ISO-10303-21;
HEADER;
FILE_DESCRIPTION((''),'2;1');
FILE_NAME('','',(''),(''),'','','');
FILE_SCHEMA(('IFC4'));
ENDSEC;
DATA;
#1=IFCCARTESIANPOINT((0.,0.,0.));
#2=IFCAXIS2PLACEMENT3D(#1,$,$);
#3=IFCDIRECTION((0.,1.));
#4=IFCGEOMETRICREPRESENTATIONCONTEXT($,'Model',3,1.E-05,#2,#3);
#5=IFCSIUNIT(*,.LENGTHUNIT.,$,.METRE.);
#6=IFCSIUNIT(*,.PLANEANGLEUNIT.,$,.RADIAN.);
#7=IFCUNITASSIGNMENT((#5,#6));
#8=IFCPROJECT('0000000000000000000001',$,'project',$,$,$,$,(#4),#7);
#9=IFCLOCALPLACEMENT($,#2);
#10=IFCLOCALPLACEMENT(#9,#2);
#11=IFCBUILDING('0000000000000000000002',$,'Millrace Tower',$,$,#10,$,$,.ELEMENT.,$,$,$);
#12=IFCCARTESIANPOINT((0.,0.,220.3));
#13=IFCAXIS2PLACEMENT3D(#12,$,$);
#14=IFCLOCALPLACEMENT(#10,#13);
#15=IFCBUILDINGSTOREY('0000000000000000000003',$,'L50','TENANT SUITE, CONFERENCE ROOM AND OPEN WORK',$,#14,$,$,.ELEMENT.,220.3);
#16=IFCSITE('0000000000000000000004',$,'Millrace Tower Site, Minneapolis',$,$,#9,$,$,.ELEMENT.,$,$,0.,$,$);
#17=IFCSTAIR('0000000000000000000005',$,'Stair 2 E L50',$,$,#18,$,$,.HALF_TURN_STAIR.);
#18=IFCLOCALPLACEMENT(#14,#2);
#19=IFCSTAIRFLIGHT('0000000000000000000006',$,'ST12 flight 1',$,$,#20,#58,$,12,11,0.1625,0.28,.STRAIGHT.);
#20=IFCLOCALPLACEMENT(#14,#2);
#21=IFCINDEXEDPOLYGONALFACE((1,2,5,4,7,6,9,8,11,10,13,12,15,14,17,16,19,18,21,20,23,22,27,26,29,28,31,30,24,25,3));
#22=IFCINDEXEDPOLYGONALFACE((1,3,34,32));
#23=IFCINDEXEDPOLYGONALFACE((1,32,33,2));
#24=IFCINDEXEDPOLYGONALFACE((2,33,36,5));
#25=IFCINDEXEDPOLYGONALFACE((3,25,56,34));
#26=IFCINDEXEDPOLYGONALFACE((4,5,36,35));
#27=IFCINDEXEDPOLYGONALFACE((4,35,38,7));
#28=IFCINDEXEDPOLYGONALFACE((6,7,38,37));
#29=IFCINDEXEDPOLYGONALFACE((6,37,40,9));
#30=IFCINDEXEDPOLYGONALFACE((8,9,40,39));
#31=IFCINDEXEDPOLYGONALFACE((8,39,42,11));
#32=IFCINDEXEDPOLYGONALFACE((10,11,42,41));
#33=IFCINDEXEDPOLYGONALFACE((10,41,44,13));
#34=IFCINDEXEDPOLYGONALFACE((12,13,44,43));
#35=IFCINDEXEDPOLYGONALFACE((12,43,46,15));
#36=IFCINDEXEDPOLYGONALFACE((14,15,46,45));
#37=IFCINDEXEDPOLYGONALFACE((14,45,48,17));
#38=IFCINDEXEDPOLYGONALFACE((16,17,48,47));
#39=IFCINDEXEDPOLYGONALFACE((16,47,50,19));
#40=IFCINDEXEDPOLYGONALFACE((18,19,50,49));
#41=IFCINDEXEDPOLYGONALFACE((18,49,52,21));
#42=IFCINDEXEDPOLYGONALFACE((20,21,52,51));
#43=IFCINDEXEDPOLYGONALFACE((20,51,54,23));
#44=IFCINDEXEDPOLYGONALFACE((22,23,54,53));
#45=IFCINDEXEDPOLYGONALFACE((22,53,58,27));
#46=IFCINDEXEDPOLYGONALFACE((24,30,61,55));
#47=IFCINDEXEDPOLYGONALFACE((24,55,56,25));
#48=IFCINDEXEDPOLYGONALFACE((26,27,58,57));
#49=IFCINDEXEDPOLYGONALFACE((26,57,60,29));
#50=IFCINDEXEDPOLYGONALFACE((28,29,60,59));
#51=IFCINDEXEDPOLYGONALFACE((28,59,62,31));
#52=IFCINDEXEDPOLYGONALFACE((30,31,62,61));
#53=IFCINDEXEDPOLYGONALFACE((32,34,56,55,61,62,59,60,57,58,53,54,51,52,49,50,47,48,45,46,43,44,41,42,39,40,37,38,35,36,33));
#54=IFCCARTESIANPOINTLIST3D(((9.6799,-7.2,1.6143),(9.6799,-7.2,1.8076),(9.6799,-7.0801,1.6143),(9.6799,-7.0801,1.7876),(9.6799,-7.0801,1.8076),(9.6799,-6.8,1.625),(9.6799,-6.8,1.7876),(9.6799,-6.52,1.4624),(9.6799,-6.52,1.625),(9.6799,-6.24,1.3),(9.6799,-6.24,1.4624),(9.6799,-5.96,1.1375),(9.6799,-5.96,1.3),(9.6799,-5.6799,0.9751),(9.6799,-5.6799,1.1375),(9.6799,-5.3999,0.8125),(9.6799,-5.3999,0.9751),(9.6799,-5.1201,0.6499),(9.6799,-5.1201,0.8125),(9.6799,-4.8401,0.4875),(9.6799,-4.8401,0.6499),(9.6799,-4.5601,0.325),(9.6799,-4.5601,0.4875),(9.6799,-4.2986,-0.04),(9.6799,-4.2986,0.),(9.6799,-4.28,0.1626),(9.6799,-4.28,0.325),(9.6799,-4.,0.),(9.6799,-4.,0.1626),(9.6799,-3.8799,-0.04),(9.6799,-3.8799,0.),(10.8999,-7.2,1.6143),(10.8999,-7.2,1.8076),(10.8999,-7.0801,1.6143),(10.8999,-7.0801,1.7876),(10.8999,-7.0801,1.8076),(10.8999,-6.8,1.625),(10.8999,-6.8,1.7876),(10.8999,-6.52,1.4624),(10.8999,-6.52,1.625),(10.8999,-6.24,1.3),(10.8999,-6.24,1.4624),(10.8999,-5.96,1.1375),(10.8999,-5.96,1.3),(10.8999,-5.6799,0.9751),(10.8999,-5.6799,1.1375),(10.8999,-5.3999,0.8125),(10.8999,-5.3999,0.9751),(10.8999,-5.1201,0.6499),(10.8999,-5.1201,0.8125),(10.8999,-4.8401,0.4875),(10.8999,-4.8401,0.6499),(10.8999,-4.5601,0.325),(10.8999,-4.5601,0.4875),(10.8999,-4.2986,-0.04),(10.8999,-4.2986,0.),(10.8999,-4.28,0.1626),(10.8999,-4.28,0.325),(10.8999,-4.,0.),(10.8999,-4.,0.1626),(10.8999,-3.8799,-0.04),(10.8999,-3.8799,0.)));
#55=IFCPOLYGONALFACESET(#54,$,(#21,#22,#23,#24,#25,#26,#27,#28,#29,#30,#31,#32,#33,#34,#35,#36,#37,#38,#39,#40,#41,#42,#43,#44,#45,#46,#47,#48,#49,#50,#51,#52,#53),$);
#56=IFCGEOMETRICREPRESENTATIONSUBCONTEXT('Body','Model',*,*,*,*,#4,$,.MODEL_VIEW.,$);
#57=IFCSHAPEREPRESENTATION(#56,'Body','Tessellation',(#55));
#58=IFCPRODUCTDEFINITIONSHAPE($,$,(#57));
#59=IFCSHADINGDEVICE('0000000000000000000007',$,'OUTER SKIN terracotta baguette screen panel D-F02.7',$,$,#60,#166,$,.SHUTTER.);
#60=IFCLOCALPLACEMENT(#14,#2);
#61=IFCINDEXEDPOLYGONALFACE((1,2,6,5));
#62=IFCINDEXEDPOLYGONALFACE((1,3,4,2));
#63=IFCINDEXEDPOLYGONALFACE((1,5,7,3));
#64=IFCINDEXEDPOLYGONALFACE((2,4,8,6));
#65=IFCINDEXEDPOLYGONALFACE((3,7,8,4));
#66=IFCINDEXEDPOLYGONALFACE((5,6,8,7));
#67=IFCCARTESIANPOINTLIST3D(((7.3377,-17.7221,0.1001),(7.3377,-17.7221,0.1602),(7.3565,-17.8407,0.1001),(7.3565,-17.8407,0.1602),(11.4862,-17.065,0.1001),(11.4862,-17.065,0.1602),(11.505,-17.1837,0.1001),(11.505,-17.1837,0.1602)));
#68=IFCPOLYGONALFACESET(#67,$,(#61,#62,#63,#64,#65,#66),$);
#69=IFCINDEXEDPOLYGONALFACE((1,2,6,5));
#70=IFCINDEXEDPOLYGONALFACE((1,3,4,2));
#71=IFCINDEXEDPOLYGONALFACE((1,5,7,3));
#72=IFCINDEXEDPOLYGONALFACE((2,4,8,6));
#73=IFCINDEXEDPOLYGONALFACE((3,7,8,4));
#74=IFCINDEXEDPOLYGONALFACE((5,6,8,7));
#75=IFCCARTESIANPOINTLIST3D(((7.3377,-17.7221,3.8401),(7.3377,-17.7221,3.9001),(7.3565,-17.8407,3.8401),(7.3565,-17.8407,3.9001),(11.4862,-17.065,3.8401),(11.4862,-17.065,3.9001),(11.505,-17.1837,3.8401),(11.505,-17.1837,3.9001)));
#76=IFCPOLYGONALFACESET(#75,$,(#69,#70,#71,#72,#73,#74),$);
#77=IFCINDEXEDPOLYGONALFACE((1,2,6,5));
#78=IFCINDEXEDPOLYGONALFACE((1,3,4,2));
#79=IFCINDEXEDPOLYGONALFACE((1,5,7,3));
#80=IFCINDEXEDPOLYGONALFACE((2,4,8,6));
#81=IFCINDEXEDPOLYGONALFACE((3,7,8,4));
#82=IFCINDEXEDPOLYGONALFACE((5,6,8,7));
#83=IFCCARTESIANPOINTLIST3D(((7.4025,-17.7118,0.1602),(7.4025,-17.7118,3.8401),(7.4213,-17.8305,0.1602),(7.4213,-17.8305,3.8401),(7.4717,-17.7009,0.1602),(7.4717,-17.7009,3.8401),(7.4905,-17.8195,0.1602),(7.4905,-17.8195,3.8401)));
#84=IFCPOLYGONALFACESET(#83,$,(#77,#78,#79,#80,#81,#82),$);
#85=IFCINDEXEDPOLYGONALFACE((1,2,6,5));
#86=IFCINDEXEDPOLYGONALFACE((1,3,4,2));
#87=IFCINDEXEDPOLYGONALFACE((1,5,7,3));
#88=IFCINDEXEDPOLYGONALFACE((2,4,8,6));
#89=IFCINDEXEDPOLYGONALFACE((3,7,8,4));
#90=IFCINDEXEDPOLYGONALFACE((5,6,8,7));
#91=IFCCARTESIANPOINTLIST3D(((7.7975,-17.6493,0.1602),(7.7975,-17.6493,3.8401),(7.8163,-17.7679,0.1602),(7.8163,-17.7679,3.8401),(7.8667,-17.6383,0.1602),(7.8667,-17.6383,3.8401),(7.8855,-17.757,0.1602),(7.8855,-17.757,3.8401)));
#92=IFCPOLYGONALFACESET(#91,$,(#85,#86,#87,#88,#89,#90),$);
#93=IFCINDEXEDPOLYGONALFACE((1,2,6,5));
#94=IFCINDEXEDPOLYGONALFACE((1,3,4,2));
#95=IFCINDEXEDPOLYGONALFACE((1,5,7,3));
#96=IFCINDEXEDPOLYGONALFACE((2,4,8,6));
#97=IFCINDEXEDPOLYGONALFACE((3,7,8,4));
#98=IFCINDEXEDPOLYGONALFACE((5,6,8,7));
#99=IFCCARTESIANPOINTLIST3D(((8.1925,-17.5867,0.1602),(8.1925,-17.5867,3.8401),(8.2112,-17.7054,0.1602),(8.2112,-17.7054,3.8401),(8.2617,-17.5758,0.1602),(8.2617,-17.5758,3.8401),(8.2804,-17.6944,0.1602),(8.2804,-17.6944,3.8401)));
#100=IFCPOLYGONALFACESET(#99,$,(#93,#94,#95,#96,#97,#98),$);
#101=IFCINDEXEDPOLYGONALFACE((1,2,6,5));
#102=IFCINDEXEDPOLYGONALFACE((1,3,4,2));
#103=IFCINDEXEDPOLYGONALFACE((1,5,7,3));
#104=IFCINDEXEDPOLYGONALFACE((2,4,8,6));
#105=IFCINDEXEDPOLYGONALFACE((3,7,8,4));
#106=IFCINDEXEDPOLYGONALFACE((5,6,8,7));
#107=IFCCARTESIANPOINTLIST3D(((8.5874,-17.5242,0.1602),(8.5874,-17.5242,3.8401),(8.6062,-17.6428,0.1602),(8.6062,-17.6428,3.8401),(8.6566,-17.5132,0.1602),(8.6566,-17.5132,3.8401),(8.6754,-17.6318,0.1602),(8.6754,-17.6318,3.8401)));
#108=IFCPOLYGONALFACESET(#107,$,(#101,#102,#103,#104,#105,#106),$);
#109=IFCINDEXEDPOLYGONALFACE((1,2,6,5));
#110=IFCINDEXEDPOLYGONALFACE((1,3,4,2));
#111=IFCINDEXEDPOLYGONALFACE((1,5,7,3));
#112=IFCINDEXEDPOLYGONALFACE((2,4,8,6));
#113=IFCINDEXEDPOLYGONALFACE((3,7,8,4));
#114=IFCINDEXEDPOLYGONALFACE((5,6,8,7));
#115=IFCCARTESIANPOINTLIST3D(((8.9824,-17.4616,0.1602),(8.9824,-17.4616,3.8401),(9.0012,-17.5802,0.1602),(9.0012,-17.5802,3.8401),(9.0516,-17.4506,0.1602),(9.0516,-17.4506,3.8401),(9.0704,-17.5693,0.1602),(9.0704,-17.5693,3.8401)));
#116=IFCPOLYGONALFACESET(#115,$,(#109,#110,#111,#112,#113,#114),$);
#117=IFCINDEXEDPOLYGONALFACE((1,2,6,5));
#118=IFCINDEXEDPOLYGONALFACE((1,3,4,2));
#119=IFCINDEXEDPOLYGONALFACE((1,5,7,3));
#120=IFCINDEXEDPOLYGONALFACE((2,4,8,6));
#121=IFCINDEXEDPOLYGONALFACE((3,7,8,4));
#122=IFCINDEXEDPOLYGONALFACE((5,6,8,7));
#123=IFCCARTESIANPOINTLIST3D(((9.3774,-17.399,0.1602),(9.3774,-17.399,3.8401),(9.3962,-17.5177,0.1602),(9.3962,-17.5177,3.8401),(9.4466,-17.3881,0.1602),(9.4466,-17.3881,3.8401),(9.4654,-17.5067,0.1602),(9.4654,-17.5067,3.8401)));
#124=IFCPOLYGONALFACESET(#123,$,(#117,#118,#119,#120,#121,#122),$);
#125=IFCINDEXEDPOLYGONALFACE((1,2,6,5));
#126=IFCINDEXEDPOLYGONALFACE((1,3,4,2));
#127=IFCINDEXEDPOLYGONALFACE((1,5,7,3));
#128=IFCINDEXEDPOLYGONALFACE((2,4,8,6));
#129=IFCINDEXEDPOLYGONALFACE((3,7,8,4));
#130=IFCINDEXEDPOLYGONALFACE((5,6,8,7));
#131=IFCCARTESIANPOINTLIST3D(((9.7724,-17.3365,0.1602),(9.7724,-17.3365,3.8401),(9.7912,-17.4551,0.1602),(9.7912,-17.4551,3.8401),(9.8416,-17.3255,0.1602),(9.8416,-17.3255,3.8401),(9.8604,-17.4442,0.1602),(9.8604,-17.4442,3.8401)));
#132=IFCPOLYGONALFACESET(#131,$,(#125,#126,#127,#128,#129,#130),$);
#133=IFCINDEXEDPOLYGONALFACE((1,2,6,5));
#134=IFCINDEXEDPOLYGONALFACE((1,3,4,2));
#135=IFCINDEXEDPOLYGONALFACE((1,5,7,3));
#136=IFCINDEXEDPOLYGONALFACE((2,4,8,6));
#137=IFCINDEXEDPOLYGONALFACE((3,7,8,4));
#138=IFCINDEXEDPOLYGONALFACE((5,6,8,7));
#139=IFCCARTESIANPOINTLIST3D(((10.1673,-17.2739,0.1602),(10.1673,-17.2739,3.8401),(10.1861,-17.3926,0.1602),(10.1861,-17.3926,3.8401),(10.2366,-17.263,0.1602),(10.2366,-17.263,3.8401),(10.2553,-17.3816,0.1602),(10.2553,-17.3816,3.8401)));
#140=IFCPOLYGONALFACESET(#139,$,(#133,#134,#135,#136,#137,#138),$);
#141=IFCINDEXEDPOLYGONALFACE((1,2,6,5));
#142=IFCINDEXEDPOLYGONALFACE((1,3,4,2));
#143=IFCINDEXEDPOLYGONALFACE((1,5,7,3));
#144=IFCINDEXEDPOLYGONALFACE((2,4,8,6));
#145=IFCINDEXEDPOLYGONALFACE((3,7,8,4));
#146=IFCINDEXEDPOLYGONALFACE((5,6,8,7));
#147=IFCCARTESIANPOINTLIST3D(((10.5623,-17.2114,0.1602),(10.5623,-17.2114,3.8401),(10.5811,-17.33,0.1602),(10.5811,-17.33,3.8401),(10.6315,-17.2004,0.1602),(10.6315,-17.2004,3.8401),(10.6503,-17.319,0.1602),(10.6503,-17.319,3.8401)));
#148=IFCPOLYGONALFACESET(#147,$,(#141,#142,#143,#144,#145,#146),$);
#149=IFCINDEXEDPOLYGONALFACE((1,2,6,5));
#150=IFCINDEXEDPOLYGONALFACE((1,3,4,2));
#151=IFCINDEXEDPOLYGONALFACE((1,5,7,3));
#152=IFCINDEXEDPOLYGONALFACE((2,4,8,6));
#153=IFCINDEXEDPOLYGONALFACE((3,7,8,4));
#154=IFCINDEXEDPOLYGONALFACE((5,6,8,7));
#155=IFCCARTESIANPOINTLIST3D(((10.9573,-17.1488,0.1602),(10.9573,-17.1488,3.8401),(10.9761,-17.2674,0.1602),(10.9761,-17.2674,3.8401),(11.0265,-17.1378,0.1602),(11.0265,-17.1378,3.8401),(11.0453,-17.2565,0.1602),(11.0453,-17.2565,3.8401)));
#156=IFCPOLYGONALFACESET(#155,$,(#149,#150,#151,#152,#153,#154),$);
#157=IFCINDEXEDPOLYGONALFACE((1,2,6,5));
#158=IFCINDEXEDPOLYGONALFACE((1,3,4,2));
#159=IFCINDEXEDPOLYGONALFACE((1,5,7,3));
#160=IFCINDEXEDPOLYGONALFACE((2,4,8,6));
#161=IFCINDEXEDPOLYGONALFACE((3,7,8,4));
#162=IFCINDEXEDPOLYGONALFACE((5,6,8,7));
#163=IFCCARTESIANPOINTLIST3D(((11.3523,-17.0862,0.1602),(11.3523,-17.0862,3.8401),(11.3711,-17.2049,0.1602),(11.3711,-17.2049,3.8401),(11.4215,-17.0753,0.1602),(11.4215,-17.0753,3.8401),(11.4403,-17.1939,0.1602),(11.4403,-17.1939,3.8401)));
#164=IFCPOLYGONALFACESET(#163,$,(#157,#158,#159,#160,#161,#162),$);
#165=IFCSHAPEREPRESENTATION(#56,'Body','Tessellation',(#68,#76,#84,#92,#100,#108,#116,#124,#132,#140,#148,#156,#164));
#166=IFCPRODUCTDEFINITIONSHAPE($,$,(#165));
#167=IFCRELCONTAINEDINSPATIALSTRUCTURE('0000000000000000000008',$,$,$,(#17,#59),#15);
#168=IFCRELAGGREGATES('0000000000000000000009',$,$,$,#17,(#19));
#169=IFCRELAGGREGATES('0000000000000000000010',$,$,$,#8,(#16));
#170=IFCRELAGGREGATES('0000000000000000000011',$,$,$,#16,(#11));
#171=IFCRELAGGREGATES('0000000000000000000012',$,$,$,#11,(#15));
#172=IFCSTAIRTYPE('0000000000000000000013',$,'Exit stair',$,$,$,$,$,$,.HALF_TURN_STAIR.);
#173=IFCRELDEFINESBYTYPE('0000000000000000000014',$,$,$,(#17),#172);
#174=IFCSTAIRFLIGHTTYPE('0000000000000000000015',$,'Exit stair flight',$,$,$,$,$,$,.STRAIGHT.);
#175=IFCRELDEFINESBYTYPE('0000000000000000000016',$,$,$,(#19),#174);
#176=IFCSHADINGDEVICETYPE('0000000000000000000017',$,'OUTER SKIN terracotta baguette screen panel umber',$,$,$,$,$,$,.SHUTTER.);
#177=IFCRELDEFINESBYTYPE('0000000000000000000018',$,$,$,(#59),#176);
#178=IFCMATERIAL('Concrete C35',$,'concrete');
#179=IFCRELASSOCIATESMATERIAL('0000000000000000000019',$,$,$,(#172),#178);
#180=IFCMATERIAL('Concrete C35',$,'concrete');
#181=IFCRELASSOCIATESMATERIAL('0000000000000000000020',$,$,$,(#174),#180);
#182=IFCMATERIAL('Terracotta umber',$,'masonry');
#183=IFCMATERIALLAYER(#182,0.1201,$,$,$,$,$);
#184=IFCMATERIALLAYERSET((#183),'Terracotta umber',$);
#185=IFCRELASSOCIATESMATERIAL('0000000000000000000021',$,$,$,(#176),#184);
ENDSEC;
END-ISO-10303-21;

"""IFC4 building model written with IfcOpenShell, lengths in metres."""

from ifc_helpers import new_model, entity, si_unit, direction, frame, frame_2d, origin, origin_2d, place, context, subcontext, project, spatial, polyline, rectangle, outline, extrude, source, transform, mapped, material, layer, layer_set, type_object, element, aggregate, save


model = new_model("IFC4")

# Units and contexts
model_context = context("Model", 3, precision=1e-05, world=origin(), true_north=direction((0.0, 1.0)))
body_context = subcontext(model_context, "Body", "Model", "MODEL_VIEW")
ifc_project = project(units=[si_unit("LENGTHUNIT", "METRE"), si_unit("PLANEANGLEUNIT", "RADIAN")], contexts=[model_context])

# Site, building, storey
site_placement = place(None, origin())
site = spatial("IfcSite", under=ifc_project, at=site_placement, Name="Millrace Tower Site, Minneapolis", CompositionType="ELEMENT", RefElevation=0.0)
building_placement = place(site_placement, origin())
building = spatial("IfcBuilding", under=site, at=building_placement, Name="Millrace Tower", CompositionType="ELEMENT")
storey_placement = place(building_placement, frame((0.0, 0.0, 220.3)))
storey = spatial("IfcBuildingStorey", under=building, at=storey_placement, Name="L50", Description="TENANT SUITE, CONFERENCE ROOM AND OPEN WORK", CompositionType="ELEMENT", Elevation=220.3)

# Shared definitions
placement = place(storey_placement, origin())

# Shared definitions
ifc_material_1 = material(Name="Concrete C35", Category="concrete")
stair_type = type_object("IfcStairType", Name="Exit stair", PredefinedType="HALF_TURN_STAIR", material=ifc_material_1)
ifc_material_2 = material(Name="Concrete C35", Category="concrete")
stair_flight_type = type_object("IfcStairFlightType", Name="Exit stair flight", PredefinedType="STRAIGHT", material=ifc_material_2)

# Stair, stair flight
stair_1 = element("IfcStair", 1, at=placement, inside=storey, type_object=stair_type, Name="Stair 2 E L50", PredefinedType="HALF_TURN_STAIR")
stair_flight_1_placement = place(storey_placement, frame((10.29, -4.0, 0.0), z_axis=(0.0, 0.0, 1.0), x_axis=(0.0, -1.0, 0.0)))
stair_flight_1 = element("IfcStairFlight", 2, at=stair_flight_1_placement, type_object=stair_flight_type, Name="ST12 flight 1", NumberOfRisers=12, NumberOfTreads=11, PredefinedType="STRAIGHT", RiserHeight=0.1625, TreadLength=0.28, context=body_context, shape_type="SweptSolid", body=[
    extrude(outline(polyline([(-0.1201, -0.04), (-0.1201, 0.0), (0.0, 0.0), (0.0, 0.1626), (0.28, 0.1626), (0.28, 0.325), (0.5601, 0.325), (0.5601, 0.4875), (0.8401, 0.4875), (0.8401, 0.6499), (1.1201, 0.6499), (1.1201, 0.8125), (1.3999, 0.8125), (1.3999, 0.9751), (1.6799, 0.9751), (1.6799, 1.1375), (1.96, 1.1375), (1.96, 1.3), (2.24, 1.3), (2.24, 1.4624), (2.52, 1.4624), (2.52, 1.625), (2.8, 1.625), (2.8, 1.7876), (3.0801, 1.7876), (3.0801, 1.8076), (3.2, 1.8076), (3.2, 1.6143), (3.0801, 1.6143), (0.2986, 0.0), (0.2986, -0.04), (-0.1201, -0.04)])), frame((0.0, 0.6099, 0.0), z_axis=(0.0, -1.0, 0.0), x_axis=(1.0, 0.0, 0.0)), (0.0, 0.0, 1.0), 1.22),
])
aggregate(stair_1, [stair_flight_1])

# Shading device
ifc_material_3 = material(Name="Terracotta umber", Category="masonry")
ifc_layer_1 = layer(ifc_material_3, 0.1201)
ifc_layer_set_1 = layer_set([ifc_layer_1], Name="Terracotta umber")
shading_device_type = type_object("IfcShadingDeviceType", Name="OUTER SKIN terracotta baguette screen panel umber", PredefinedType="SHUTTER", material=ifc_layer_set_1)
cartesian_point = entity("IfcCartesianPoint", [-2.1001, 0.0601])
shared_polyline = entity("IfcPolyline", [cartesian_point, entity("IfcCartesianPoint", [2.1001, 0.0601]), entity("IfcCartesianPoint", [2.1001, -0.0601]), entity("IfcCartesianPoint", [-2.1001, -0.0601]), cartesian_point])
shared_shape = source(origin(), body_context, "Body", "SweptSolid", [
    entity("IfcExtrudedAreaSolid", entity("IfcArbitraryClosedProfileDef", "AREA", None, shared_polyline), entity("IfcAxis2Placement3D", entity("IfcCartesianPoint", [0.0, 0.0, 0.0])), entity("IfcDirection", [0.0, 0.0, 1.0]), 0.0601),
    entity("IfcExtrudedAreaSolid", entity("IfcArbitraryClosedProfileDef", "AREA", None, shared_polyline), entity("IfcAxis2Placement3D", entity("IfcCartesianPoint", [0.0, 0.0, 3.74])), entity("IfcDirection", [0.0, 0.0, 1.0]), 0.0601),
    extrude(rectangle(XDim=0.0701, YDim=0.1201, at=frame_2d((-1.9995, 0.0))), frame((0.0, 0.0, 0.0601)), (0.0, 0.0, 1.0), 3.6799),
    extrude(rectangle(XDim=0.0701, YDim=0.1201, at=frame_2d((-1.5996, 0.0))), frame((0.0, 0.0, 0.0601)), (0.0, 0.0, 1.0), 3.6799),
    extrude(rectangle(XDim=0.0701, YDim=0.1201, at=frame_2d((-1.1997, 0.0))), frame((0.0, 0.0, 0.0601)), (0.0, 0.0, 1.0), 3.6799),
    extrude(rectangle(XDim=0.0701, YDim=0.1201, at=frame_2d((-0.7998, 0.0))), frame((0.0, 0.0, 0.0601)), (0.0, 0.0, 1.0), 3.6799),
    extrude(rectangle(XDim=0.0701, YDim=0.1201, at=frame_2d((-0.3999, 0.0))), frame((0.0, 0.0, 0.0601)), (0.0, 0.0, 1.0), 3.6799),
    extrude(rectangle(XDim=0.0701, YDim=0.1201, at=origin_2d()), frame((0.0, 0.0, 0.0601)), (0.0, 0.0, 1.0), 3.6799),
    extrude(rectangle(XDim=0.0701, YDim=0.1201, at=frame_2d((0.3999, 0.0))), frame((0.0, 0.0, 0.0601)), (0.0, 0.0, 1.0), 3.6799),
    extrude(rectangle(XDim=0.0701, YDim=0.1201, at=frame_2d((0.7998, 0.0))), frame((0.0, 0.0, 0.0601)), (0.0, 0.0, 1.0), 3.6799),
    extrude(rectangle(XDim=0.0701, YDim=0.1201, at=frame_2d((1.1997, 0.0))), frame((0.0, 0.0, 0.0601)), (0.0, 0.0, 1.0), 3.6799),
    extrude(rectangle(XDim=0.0701, YDim=0.1201, at=frame_2d((1.5996, 0.0))), frame((0.0, 0.0, 0.0601)), (0.0, 0.0, 1.0), 3.6799),
    extrude(rectangle(XDim=0.0701, YDim=0.1201, at=frame_2d((1.9995, 0.0))), frame((0.0, 0.0, 0.0601)), (0.0, 0.0, 1.0), 3.6799),
])
for number, where, z_axis, x_axis, name in (
    (3, (9.4214, -17.4529, 0.1001), (0.0, 0.0, 1.0), (0.987688, 0.156434, 0.0), "OUTER SKIN terracotta baguette screen panel D-F02.7"),
):
    element("IfcShadingDevice", number, at=place(storey_placement, frame(where, z_axis=z_axis, x_axis=x_axis)), inside=storey, type_object=shading_device_type, Name=name, PredefinedType="SHUTTER", context=body_context, shape_type="MappedRepresentation", body=[
        mapped(shared_shape, transform((0.0, 0.0, 0.0), scale=1.0)),
    ])

save(model, "model.ifc")
